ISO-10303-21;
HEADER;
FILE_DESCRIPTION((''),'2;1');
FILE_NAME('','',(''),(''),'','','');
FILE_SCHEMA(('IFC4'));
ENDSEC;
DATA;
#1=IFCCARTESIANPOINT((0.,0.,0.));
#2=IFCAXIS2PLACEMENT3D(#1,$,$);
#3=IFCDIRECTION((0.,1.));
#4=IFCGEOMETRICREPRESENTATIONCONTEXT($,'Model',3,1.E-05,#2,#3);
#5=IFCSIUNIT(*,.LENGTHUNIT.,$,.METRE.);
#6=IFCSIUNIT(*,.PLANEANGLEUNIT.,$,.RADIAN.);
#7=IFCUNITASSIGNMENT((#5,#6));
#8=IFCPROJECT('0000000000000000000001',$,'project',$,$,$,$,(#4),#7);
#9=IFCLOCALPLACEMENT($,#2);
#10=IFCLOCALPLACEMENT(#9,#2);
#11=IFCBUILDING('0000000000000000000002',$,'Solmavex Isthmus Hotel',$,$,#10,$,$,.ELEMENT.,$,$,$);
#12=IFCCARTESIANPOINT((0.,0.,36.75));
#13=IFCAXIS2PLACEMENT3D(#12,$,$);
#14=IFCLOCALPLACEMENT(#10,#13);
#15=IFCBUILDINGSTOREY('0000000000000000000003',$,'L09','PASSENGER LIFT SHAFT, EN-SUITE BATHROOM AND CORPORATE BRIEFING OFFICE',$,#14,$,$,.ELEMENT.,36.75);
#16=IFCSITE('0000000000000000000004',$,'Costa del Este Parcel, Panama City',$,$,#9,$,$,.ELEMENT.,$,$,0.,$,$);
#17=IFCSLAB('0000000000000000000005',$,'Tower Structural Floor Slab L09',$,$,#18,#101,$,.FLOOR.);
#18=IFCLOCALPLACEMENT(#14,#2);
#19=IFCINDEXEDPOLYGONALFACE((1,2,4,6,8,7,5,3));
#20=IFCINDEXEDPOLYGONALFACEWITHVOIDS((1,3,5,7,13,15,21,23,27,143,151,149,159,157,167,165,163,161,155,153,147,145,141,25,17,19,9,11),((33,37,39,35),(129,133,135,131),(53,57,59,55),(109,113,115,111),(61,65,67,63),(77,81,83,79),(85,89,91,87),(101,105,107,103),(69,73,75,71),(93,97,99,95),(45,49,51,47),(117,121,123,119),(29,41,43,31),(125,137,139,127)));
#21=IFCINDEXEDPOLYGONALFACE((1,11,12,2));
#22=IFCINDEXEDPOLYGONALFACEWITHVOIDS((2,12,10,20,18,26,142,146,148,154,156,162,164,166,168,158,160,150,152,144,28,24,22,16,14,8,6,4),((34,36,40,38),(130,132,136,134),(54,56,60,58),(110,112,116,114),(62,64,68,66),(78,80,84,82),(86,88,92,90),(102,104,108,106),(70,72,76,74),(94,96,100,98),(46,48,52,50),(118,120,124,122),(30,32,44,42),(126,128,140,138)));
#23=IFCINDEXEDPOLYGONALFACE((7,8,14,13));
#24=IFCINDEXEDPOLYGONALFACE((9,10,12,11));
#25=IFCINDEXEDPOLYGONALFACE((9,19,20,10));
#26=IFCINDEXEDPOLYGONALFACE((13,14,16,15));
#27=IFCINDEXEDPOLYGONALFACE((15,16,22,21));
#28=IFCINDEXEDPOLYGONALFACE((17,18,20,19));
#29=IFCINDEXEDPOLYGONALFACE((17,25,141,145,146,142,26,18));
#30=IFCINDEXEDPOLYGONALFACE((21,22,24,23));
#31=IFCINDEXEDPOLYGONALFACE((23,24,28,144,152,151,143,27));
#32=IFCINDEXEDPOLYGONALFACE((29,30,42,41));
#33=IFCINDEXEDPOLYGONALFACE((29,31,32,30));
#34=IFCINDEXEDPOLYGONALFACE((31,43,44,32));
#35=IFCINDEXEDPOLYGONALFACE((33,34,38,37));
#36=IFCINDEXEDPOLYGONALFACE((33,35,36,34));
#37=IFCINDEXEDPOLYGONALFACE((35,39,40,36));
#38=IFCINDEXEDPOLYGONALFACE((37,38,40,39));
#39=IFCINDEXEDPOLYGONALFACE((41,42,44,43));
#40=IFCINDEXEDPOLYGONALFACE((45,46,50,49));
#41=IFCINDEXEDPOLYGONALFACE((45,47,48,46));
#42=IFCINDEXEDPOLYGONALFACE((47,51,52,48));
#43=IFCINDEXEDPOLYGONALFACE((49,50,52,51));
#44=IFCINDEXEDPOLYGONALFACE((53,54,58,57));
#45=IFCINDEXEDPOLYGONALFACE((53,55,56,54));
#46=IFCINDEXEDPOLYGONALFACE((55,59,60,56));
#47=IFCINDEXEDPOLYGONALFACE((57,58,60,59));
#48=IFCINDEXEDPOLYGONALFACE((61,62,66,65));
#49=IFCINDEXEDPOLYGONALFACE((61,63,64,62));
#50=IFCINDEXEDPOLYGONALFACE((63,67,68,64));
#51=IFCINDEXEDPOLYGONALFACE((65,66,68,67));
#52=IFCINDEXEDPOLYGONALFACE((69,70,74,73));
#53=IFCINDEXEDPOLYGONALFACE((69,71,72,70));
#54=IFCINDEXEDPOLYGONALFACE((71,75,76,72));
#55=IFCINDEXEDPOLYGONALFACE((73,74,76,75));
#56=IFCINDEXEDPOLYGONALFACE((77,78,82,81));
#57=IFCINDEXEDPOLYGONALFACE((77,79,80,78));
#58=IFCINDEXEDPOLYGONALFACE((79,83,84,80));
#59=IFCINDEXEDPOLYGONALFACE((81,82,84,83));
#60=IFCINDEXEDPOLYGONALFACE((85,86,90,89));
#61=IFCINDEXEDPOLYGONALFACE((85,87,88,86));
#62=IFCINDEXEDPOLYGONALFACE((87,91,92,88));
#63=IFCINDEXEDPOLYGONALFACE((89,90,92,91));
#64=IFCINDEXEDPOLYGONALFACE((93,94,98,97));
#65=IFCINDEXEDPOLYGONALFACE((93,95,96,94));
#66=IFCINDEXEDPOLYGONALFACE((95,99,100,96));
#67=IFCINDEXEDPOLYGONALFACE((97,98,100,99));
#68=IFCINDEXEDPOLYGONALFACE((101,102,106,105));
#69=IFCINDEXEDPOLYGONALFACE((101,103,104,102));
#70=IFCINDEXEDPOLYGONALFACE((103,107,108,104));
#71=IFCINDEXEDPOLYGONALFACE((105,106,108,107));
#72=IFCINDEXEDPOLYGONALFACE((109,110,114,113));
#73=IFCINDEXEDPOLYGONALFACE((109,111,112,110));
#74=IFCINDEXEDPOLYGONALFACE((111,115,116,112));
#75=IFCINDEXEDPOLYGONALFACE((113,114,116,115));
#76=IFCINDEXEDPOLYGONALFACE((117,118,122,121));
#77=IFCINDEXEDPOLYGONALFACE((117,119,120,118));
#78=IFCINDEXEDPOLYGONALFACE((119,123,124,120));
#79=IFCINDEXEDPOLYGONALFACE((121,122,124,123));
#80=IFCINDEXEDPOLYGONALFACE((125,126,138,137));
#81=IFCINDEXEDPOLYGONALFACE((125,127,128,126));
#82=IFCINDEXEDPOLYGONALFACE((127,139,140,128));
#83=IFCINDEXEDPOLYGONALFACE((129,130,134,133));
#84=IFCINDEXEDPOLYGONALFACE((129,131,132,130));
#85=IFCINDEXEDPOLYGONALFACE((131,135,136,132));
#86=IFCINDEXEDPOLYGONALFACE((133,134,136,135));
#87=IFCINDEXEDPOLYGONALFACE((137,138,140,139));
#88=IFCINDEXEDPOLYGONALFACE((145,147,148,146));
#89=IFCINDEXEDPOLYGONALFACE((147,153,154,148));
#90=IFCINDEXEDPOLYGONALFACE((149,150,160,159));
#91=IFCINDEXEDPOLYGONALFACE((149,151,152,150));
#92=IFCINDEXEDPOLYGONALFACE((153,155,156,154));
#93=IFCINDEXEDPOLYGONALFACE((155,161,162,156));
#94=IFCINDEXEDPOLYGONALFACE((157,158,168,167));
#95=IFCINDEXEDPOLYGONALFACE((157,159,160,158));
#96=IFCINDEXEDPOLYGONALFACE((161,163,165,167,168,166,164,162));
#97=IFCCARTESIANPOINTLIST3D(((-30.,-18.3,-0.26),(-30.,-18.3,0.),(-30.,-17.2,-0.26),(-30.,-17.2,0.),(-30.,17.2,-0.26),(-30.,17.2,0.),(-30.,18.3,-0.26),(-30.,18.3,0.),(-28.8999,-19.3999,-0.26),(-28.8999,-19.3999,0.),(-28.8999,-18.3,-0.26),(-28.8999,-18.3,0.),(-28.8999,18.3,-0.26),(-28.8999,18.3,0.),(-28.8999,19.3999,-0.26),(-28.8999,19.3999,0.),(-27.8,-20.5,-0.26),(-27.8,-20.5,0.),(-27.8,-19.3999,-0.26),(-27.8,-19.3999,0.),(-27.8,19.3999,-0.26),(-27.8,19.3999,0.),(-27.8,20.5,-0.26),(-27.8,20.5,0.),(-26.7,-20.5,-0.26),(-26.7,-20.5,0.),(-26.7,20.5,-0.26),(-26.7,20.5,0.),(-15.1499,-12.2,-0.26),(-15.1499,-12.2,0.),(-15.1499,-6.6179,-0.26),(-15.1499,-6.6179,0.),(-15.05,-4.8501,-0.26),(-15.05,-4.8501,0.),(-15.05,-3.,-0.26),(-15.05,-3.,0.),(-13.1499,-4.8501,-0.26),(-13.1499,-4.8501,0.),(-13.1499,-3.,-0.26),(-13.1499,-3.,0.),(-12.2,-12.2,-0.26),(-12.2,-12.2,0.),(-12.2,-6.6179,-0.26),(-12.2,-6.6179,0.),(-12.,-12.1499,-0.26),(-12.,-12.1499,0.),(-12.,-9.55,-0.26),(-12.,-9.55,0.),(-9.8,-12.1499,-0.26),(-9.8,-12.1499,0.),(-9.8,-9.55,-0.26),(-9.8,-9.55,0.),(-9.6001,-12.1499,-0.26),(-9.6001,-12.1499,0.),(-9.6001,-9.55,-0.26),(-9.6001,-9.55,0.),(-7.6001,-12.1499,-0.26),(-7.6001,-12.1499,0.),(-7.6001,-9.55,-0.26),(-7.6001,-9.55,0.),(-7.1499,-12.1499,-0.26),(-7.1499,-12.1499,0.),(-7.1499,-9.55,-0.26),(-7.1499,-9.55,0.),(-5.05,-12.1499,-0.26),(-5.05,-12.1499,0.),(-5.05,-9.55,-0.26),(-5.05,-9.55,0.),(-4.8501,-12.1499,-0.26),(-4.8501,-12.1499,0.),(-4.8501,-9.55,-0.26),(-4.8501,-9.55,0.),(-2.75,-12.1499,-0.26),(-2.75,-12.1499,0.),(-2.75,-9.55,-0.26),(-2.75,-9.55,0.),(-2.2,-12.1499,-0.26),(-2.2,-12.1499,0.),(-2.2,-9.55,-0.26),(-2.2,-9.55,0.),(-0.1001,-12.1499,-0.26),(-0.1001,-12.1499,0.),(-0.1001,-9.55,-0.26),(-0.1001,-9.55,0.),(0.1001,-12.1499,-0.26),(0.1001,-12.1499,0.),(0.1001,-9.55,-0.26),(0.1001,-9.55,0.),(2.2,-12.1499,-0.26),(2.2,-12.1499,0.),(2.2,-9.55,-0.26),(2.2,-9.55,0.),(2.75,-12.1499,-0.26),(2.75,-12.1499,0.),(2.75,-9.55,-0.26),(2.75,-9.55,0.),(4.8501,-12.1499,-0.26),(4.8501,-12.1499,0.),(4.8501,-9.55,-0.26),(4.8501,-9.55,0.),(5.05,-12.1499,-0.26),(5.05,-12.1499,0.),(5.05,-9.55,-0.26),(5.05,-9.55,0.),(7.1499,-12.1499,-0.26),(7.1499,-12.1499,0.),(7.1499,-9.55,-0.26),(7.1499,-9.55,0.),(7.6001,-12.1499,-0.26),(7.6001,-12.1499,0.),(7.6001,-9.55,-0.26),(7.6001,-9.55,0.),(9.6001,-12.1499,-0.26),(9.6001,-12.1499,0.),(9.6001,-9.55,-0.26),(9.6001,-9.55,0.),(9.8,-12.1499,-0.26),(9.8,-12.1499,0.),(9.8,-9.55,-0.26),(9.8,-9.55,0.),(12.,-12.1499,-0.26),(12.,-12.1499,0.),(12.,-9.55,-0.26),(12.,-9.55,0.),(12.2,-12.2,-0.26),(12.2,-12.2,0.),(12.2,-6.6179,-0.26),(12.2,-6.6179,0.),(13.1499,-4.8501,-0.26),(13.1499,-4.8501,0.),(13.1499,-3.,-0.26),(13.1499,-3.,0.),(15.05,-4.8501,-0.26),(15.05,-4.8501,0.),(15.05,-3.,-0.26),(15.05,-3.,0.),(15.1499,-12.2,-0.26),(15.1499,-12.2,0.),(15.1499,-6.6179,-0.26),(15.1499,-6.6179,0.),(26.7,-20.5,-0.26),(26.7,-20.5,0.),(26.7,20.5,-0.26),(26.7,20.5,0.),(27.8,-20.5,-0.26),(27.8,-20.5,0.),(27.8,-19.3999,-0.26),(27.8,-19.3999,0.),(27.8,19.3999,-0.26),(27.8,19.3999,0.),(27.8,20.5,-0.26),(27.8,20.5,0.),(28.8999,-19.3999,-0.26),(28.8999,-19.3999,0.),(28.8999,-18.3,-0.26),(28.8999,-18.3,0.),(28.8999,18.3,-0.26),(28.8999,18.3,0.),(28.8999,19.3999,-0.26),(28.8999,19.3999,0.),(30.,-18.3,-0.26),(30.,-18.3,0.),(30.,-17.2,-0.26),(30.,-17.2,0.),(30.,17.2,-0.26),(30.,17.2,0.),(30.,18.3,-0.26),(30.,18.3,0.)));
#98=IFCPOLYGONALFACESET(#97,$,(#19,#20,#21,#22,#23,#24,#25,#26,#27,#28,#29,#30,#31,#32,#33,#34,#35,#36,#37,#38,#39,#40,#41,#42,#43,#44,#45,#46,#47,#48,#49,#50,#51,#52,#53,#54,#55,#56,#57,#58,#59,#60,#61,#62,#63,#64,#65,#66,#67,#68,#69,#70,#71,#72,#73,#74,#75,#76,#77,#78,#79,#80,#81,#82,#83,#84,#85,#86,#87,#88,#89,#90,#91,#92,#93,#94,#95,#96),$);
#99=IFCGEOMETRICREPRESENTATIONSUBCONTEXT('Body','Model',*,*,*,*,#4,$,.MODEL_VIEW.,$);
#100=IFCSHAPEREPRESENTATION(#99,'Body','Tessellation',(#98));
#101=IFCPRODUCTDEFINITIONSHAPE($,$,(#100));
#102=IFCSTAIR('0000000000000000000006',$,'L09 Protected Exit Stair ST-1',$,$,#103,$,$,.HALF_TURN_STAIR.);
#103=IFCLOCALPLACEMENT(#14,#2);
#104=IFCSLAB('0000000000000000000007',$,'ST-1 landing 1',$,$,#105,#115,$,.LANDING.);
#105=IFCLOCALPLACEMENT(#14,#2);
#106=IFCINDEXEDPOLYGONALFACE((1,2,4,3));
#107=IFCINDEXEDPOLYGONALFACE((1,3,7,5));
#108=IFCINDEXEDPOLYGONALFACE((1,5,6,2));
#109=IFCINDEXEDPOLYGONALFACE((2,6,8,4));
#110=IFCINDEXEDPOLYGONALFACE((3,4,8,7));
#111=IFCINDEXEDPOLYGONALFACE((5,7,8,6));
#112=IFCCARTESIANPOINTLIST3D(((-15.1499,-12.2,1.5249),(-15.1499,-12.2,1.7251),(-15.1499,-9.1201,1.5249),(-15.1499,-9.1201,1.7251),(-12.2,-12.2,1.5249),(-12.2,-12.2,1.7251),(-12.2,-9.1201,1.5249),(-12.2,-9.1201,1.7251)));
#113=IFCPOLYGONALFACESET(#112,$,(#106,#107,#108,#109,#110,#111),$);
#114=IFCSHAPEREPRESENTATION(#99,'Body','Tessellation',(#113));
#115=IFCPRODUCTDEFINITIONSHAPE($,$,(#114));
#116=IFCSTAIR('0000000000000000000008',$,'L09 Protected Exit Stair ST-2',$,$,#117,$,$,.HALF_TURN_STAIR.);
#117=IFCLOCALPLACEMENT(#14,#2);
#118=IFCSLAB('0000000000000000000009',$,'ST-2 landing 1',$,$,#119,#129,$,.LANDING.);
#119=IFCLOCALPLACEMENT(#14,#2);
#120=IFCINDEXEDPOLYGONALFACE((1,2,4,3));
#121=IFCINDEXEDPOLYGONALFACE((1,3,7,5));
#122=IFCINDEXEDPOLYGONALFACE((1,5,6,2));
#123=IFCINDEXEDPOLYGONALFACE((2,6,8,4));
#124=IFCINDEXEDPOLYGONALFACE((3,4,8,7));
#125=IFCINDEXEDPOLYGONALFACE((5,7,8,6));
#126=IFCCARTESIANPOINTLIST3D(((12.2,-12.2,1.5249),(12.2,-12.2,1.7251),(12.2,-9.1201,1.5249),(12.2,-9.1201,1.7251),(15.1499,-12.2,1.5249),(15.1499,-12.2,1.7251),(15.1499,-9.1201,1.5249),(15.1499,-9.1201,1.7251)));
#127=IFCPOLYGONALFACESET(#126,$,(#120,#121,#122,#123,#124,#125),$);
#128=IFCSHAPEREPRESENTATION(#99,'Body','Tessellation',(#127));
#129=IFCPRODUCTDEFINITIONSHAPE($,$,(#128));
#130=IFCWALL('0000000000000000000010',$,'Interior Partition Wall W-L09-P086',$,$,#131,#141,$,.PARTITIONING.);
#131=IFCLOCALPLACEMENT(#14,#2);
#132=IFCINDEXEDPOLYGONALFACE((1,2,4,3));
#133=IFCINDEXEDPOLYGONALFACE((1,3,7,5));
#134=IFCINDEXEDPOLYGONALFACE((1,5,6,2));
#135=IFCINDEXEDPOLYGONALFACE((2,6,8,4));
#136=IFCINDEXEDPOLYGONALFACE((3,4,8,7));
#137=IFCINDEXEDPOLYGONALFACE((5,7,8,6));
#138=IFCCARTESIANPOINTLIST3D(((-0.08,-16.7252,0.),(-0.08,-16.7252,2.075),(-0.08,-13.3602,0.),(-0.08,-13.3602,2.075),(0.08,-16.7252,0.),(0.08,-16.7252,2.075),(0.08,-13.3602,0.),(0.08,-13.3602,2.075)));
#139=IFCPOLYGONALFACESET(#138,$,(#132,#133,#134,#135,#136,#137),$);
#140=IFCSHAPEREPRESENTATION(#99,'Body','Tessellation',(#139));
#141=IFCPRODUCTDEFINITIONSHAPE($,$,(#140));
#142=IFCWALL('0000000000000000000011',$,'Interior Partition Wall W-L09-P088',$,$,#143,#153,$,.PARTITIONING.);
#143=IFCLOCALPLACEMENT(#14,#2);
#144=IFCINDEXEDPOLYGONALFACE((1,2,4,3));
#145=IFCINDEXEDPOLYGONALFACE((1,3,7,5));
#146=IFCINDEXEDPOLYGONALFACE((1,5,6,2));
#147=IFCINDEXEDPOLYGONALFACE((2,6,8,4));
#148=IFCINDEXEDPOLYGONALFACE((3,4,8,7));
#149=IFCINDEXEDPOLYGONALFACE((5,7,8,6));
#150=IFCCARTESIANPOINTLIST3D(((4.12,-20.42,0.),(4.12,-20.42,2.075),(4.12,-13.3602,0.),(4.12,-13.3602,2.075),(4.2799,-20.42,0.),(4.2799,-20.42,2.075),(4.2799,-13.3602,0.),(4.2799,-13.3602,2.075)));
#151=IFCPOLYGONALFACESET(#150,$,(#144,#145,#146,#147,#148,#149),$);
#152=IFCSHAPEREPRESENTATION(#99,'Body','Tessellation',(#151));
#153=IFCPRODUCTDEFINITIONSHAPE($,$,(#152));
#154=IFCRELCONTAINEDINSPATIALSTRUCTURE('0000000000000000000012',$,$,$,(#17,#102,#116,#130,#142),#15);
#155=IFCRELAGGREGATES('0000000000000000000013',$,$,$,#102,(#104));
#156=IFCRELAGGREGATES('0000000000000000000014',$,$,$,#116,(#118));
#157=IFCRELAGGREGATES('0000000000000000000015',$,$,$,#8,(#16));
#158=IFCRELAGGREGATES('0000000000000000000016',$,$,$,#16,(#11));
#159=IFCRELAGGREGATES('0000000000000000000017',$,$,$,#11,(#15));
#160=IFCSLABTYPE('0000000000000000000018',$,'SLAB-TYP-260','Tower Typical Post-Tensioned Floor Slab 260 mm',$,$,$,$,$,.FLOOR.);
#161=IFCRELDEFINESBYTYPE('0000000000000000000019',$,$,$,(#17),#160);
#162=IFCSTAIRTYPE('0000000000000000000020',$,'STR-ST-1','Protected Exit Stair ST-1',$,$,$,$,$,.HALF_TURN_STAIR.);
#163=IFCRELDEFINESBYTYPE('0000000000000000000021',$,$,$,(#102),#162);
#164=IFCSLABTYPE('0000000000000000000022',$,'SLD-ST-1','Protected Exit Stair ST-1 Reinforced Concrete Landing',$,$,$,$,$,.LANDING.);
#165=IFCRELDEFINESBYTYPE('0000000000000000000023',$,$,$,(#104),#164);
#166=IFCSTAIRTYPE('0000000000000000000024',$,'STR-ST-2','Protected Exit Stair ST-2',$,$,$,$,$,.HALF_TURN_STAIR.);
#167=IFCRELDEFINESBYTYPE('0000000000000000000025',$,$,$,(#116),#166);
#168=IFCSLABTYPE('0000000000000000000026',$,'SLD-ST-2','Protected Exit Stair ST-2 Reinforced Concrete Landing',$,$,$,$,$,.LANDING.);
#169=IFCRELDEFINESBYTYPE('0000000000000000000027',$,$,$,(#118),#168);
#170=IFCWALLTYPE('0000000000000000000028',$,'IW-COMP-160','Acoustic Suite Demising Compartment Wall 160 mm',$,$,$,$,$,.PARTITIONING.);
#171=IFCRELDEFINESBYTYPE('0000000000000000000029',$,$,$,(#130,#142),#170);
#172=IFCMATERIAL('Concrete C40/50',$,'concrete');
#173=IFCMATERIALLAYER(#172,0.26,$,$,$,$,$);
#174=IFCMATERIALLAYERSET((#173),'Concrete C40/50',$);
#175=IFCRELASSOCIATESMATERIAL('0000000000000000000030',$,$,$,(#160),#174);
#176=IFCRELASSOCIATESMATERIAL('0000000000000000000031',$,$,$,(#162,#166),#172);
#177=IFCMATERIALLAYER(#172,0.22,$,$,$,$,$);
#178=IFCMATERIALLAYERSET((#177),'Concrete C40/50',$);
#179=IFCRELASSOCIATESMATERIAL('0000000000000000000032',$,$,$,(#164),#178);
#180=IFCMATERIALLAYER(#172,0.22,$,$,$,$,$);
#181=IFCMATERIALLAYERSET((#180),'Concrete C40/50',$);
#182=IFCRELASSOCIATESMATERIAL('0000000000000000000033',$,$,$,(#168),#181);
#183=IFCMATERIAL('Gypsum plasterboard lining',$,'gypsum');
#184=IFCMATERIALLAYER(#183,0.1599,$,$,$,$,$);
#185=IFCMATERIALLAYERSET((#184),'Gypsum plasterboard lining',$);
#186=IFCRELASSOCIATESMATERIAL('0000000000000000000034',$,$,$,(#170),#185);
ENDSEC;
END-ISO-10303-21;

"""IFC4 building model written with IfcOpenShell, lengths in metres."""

from ifc_helpers import new_model, si_unit, direction, frame, frame_2d, origin, place, context, subcontext, project, spatial, polyline, rectangle, outline, extrude, material, layer, layer_set, type_object, element, aggregate, save


model = new_model("IFC4")

# Units and contexts
model_context = context("Model", 3, precision=1e-05, world=origin(), true_north=direction((0.0, 1.0)))
body_context = subcontext(model_context, "Body", "Model", "MODEL_VIEW")
ifc_project = project(units=[si_unit("LENGTHUNIT", "METRE"), si_unit("PLANEANGLEUNIT", "RADIAN")], contexts=[model_context])

# Site, building, storey
site_placement = place(None, origin())
site = spatial("IfcSite", under=ifc_project, at=site_placement, Name="Costa del Este Parcel, Panama City", CompositionType="ELEMENT", RefElevation=0.0)
building_placement = place(site_placement, origin())
building = spatial("IfcBuilding", under=site, at=building_placement, Name="Solmavex Isthmus Hotel", CompositionType="ELEMENT")
storey_placement = place(building_placement, frame((0.0, 0.0, 36.75)))
storey = spatial("IfcBuildingStorey", under=building, at=storey_placement, Name="L09", Description="PASSENGER LIFT SHAFT, EN-SUITE BATHROOM AND CORPORATE BRIEFING OFFICE", CompositionType="ELEMENT", Elevation=36.75)

# Slab
ifc_material_1 = material(Name="Concrete C40/50", Category="concrete")
ifc_layer_1 = layer(ifc_material_1, 0.26)
ifc_layer_set_1 = layer_set([ifc_layer_1], Name="Concrete C40/50")
slab_type_1 = type_object("IfcSlabType", Name="SLAB-TYP-260", Description="Tower Typical Post-Tensioned Floor Slab 260 mm", PredefinedType="FLOOR", material=ifc_layer_set_1)
slab_1_placement = place(storey_placement, frame((0.0, 0.0, -0.26)))
element("IfcSlab", 1, at=slab_1_placement, inside=storey, type_object=slab_type_1, Name="Tower Structural Floor Slab L09", PredefinedType="FLOOR", context=body_context, shape_type="SweptSolid", body=[
    extrude(outline(polyline([(-26.7, -20.5), (26.7, -20.5), (27.8, -20.5), (27.8, -19.3999), (28.8999, -19.3999), (28.8999, -18.3), (30.0, -18.3), (30.0, -17.2), (30.0, 17.2), (30.0, 18.3), (28.8999, 18.3), (28.8999, 19.3999), (27.8, 19.3999), (27.8, 20.5), (26.7, 20.5), (-26.7, 20.5), (-27.8, 20.5), (-27.8, 19.3999), (-28.8999, 19.3999), (-28.8999, 18.3), (-30.0, 18.3), (-30.0, 17.2), (-30.0, -17.2), (-30.0, -18.3), (-28.8999, -18.3), (-28.8999, -19.3999), (-27.8, -19.3999), (-27.8, -20.5), (-26.7, -20.5)]), holes=[polyline([(-15.1499, -6.6179), (-15.1499, -12.2), (-12.2, -12.2), (-12.2, -6.6179), (-15.1499, -6.6179)]), polyline([(12.2, -6.6179), (12.2, -12.2), (15.1499, -12.2), (15.1499, -6.6179), (12.2, -6.6179)]), polyline([(-12.0, -12.1499), (-9.8, -12.1499), (-9.8, -9.55), (-12.0, -9.55), (-12.0, -12.1499)]), polyline([(9.8, -12.1499), (12.0, -12.1499), (12.0, -9.55), (9.8, -9.55), (9.8, -12.1499)]), polyline([(-9.6001, -12.1499), (-7.6001, -12.1499), (-7.6001, -9.55), (-9.6001, -9.55), (-9.6001, -12.1499)]), polyline([(7.6001, -12.1499), (9.6001, -12.1499), (9.6001, -9.55), (7.6001, -9.55), (7.6001, -12.1499)]), polyline([(-7.1499, -12.1499), (-5.05, -12.1499), (-5.05, -9.55), (-7.1499, -9.55), (-7.1499, -12.1499)]), polyline([(-4.8501, -12.1499), (-2.75, -12.1499), (-2.75, -9.55), (-4.8501, -9.55), (-4.8501, -12.1499)]), polyline([(-2.2, -12.1499), (-0.1001, -12.1499), (-0.1001, -9.55), (-2.2, -9.55), (-2.2, -12.1499)]), polyline([(0.1001, -12.1499), (2.2, -12.1499), (2.2, -9.55), (0.1001, -9.55), (0.1001, -12.1499)]), polyline([(2.75, -12.1499), (4.8501, -12.1499), (4.8501, -9.55), (2.75, -9.55), (2.75, -12.1499)]), polyline([(5.05, -12.1499), (7.1499, -12.1499), (7.1499, -9.55), (5.05, -9.55), (5.05, -12.1499)]), polyline([(-15.05, -4.8501), (-13.1499, -4.8501), (-13.1499, -3.0), (-15.05, -3.0), (-15.05, -4.8501)]), polyline([(13.1499, -4.8501), (15.05, -4.8501), (15.05, -3.0), (13.1499, -3.0), (13.1499, -4.8501)])]), origin(), (0.0, 0.0, 1.0), 0.26),
])

# Stairs, slabs
stair_type_1 = type_object("IfcStairType", Name="STR-ST-1", Description="Protected Exit Stair ST-1", PredefinedType="HALF_TURN_STAIR", material=ifc_material_1)
stair_1_placement = place(storey_placement, origin())
stair_1 = element("IfcStair", 2, at=stair_1_placement, inside=storey, type_object=stair_type_1, Name="L09 Protected Exit Stair ST-1", PredefinedType="HALF_TURN_STAIR")
ifc_layer_2 = layer(ifc_material_1, 0.22)
ifc_layer_set_2 = layer_set([ifc_layer_2], Name="Concrete C40/50")
slab_type_2 = type_object("IfcSlabType", Name="SLD-ST-1", Description="Protected Exit Stair ST-1 Reinforced Concrete Landing", PredefinedType="LANDING", material=ifc_layer_set_2)
slab_2_placement = place(storey_placement, frame((0.0, 0.0, 1.5249)))
slab_2 = element("IfcSlab", 3, at=slab_2_placement, type_object=slab_type_2, Name="ST-1 landing 1", PredefinedType="LANDING", context=body_context, shape_type="SweptSolid", body=[
    extrude(outline(polyline([(-15.1499, -9.1201), (-15.1499, -12.2), (-12.2, -12.2), (-12.2, -9.1201), (-15.1499, -9.1201)])), origin(), (0.0, 0.0, 1.0), 0.2002),
])
aggregate(stair_1, [slab_2])
stair_type_2 = type_object("IfcStairType", Name="STR-ST-2", Description="Protected Exit Stair ST-2", PredefinedType="HALF_TURN_STAIR", material=ifc_material_1)
stair_2_placement = place(storey_placement, origin())
stair_2 = element("IfcStair", 4, at=stair_2_placement, inside=storey, type_object=stair_type_2, Name="L09 Protected Exit Stair ST-2", PredefinedType="HALF_TURN_STAIR")
ifc_layer_3 = layer(ifc_material_1, 0.22)
ifc_layer_set_3 = layer_set([ifc_layer_3], Name="Concrete C40/50")
slab_type_3 = type_object("IfcSlabType", Name="SLD-ST-2", Description="Protected Exit Stair ST-2 Reinforced Concrete Landing", PredefinedType="LANDING", material=ifc_layer_set_3)
slab_3_placement = place(storey_placement, frame((0.0, 0.0, 1.5249)))
slab_3 = element("IfcSlab", 5, at=slab_3_placement, type_object=slab_type_3, Name="ST-2 landing 1", PredefinedType="LANDING", context=body_context, shape_type="SweptSolid", body=[
    extrude(outline(polyline([(12.2, -9.1201), (12.2, -12.2), (15.1499, -12.2), (15.1499, -9.1201), (12.2, -9.1201)])), origin(), (0.0, 0.0, 1.0), 0.2002),
])
aggregate(stair_2, [slab_3])

# Walls
ifc_material_2 = material(Name="Gypsum plasterboard lining", Category="gypsum")
ifc_layer_4 = layer(ifc_material_2, 0.1599)
ifc_layer_set_4 = layer_set([ifc_layer_4], Name="Gypsum plasterboard lining")
wall_type_1 = type_object("IfcWallType", Name="IW-COMP-160", Description="Acoustic Suite Demising Compartment Wall 160 mm", PredefinedType="PARTITIONING", material=ifc_layer_set_4)
wall_1_placement = place(storey_placement, frame((0.0, -13.3601, 0.0), z_axis=(0.0, 0.0, 1.0), x_axis=(0.0, -1.0, 0.0)))
element("IfcWall", 6, at=wall_1_placement, inside=storey, type_object=wall_type_1, Name="Interior Partition Wall W-L09-P086", PredefinedType="PARTITIONING", context=body_context, shape_type="SweptSolid", body=[
    extrude(rectangle(XDim=3.365, YDim=0.1599, at=frame_2d((1.6826, 0.0))), origin(), (0.0, 0.0, 1.0), 2.075),
])
wall_2_placement = place(storey_placement, frame((4.2, -20.4199, 0.0), z_axis=(0.0, 0.0, 1.0), x_axis=(0.0, 1.0, 0.0)))
element("IfcWall", 7, at=wall_2_placement, inside=storey, type_object=wall_type_1, Name="Interior Partition Wall W-L09-P088", PredefinedType="PARTITIONING", context=body_context, shape_type="SweptSolid", body=[
    extrude(rectangle(XDim=7.0598, YDim=0.1599, at=frame_2d((3.5298, 0.0))), origin(), (0.0, 0.0, 1.0), 2.075),
])

save(model, "model.ifc")
